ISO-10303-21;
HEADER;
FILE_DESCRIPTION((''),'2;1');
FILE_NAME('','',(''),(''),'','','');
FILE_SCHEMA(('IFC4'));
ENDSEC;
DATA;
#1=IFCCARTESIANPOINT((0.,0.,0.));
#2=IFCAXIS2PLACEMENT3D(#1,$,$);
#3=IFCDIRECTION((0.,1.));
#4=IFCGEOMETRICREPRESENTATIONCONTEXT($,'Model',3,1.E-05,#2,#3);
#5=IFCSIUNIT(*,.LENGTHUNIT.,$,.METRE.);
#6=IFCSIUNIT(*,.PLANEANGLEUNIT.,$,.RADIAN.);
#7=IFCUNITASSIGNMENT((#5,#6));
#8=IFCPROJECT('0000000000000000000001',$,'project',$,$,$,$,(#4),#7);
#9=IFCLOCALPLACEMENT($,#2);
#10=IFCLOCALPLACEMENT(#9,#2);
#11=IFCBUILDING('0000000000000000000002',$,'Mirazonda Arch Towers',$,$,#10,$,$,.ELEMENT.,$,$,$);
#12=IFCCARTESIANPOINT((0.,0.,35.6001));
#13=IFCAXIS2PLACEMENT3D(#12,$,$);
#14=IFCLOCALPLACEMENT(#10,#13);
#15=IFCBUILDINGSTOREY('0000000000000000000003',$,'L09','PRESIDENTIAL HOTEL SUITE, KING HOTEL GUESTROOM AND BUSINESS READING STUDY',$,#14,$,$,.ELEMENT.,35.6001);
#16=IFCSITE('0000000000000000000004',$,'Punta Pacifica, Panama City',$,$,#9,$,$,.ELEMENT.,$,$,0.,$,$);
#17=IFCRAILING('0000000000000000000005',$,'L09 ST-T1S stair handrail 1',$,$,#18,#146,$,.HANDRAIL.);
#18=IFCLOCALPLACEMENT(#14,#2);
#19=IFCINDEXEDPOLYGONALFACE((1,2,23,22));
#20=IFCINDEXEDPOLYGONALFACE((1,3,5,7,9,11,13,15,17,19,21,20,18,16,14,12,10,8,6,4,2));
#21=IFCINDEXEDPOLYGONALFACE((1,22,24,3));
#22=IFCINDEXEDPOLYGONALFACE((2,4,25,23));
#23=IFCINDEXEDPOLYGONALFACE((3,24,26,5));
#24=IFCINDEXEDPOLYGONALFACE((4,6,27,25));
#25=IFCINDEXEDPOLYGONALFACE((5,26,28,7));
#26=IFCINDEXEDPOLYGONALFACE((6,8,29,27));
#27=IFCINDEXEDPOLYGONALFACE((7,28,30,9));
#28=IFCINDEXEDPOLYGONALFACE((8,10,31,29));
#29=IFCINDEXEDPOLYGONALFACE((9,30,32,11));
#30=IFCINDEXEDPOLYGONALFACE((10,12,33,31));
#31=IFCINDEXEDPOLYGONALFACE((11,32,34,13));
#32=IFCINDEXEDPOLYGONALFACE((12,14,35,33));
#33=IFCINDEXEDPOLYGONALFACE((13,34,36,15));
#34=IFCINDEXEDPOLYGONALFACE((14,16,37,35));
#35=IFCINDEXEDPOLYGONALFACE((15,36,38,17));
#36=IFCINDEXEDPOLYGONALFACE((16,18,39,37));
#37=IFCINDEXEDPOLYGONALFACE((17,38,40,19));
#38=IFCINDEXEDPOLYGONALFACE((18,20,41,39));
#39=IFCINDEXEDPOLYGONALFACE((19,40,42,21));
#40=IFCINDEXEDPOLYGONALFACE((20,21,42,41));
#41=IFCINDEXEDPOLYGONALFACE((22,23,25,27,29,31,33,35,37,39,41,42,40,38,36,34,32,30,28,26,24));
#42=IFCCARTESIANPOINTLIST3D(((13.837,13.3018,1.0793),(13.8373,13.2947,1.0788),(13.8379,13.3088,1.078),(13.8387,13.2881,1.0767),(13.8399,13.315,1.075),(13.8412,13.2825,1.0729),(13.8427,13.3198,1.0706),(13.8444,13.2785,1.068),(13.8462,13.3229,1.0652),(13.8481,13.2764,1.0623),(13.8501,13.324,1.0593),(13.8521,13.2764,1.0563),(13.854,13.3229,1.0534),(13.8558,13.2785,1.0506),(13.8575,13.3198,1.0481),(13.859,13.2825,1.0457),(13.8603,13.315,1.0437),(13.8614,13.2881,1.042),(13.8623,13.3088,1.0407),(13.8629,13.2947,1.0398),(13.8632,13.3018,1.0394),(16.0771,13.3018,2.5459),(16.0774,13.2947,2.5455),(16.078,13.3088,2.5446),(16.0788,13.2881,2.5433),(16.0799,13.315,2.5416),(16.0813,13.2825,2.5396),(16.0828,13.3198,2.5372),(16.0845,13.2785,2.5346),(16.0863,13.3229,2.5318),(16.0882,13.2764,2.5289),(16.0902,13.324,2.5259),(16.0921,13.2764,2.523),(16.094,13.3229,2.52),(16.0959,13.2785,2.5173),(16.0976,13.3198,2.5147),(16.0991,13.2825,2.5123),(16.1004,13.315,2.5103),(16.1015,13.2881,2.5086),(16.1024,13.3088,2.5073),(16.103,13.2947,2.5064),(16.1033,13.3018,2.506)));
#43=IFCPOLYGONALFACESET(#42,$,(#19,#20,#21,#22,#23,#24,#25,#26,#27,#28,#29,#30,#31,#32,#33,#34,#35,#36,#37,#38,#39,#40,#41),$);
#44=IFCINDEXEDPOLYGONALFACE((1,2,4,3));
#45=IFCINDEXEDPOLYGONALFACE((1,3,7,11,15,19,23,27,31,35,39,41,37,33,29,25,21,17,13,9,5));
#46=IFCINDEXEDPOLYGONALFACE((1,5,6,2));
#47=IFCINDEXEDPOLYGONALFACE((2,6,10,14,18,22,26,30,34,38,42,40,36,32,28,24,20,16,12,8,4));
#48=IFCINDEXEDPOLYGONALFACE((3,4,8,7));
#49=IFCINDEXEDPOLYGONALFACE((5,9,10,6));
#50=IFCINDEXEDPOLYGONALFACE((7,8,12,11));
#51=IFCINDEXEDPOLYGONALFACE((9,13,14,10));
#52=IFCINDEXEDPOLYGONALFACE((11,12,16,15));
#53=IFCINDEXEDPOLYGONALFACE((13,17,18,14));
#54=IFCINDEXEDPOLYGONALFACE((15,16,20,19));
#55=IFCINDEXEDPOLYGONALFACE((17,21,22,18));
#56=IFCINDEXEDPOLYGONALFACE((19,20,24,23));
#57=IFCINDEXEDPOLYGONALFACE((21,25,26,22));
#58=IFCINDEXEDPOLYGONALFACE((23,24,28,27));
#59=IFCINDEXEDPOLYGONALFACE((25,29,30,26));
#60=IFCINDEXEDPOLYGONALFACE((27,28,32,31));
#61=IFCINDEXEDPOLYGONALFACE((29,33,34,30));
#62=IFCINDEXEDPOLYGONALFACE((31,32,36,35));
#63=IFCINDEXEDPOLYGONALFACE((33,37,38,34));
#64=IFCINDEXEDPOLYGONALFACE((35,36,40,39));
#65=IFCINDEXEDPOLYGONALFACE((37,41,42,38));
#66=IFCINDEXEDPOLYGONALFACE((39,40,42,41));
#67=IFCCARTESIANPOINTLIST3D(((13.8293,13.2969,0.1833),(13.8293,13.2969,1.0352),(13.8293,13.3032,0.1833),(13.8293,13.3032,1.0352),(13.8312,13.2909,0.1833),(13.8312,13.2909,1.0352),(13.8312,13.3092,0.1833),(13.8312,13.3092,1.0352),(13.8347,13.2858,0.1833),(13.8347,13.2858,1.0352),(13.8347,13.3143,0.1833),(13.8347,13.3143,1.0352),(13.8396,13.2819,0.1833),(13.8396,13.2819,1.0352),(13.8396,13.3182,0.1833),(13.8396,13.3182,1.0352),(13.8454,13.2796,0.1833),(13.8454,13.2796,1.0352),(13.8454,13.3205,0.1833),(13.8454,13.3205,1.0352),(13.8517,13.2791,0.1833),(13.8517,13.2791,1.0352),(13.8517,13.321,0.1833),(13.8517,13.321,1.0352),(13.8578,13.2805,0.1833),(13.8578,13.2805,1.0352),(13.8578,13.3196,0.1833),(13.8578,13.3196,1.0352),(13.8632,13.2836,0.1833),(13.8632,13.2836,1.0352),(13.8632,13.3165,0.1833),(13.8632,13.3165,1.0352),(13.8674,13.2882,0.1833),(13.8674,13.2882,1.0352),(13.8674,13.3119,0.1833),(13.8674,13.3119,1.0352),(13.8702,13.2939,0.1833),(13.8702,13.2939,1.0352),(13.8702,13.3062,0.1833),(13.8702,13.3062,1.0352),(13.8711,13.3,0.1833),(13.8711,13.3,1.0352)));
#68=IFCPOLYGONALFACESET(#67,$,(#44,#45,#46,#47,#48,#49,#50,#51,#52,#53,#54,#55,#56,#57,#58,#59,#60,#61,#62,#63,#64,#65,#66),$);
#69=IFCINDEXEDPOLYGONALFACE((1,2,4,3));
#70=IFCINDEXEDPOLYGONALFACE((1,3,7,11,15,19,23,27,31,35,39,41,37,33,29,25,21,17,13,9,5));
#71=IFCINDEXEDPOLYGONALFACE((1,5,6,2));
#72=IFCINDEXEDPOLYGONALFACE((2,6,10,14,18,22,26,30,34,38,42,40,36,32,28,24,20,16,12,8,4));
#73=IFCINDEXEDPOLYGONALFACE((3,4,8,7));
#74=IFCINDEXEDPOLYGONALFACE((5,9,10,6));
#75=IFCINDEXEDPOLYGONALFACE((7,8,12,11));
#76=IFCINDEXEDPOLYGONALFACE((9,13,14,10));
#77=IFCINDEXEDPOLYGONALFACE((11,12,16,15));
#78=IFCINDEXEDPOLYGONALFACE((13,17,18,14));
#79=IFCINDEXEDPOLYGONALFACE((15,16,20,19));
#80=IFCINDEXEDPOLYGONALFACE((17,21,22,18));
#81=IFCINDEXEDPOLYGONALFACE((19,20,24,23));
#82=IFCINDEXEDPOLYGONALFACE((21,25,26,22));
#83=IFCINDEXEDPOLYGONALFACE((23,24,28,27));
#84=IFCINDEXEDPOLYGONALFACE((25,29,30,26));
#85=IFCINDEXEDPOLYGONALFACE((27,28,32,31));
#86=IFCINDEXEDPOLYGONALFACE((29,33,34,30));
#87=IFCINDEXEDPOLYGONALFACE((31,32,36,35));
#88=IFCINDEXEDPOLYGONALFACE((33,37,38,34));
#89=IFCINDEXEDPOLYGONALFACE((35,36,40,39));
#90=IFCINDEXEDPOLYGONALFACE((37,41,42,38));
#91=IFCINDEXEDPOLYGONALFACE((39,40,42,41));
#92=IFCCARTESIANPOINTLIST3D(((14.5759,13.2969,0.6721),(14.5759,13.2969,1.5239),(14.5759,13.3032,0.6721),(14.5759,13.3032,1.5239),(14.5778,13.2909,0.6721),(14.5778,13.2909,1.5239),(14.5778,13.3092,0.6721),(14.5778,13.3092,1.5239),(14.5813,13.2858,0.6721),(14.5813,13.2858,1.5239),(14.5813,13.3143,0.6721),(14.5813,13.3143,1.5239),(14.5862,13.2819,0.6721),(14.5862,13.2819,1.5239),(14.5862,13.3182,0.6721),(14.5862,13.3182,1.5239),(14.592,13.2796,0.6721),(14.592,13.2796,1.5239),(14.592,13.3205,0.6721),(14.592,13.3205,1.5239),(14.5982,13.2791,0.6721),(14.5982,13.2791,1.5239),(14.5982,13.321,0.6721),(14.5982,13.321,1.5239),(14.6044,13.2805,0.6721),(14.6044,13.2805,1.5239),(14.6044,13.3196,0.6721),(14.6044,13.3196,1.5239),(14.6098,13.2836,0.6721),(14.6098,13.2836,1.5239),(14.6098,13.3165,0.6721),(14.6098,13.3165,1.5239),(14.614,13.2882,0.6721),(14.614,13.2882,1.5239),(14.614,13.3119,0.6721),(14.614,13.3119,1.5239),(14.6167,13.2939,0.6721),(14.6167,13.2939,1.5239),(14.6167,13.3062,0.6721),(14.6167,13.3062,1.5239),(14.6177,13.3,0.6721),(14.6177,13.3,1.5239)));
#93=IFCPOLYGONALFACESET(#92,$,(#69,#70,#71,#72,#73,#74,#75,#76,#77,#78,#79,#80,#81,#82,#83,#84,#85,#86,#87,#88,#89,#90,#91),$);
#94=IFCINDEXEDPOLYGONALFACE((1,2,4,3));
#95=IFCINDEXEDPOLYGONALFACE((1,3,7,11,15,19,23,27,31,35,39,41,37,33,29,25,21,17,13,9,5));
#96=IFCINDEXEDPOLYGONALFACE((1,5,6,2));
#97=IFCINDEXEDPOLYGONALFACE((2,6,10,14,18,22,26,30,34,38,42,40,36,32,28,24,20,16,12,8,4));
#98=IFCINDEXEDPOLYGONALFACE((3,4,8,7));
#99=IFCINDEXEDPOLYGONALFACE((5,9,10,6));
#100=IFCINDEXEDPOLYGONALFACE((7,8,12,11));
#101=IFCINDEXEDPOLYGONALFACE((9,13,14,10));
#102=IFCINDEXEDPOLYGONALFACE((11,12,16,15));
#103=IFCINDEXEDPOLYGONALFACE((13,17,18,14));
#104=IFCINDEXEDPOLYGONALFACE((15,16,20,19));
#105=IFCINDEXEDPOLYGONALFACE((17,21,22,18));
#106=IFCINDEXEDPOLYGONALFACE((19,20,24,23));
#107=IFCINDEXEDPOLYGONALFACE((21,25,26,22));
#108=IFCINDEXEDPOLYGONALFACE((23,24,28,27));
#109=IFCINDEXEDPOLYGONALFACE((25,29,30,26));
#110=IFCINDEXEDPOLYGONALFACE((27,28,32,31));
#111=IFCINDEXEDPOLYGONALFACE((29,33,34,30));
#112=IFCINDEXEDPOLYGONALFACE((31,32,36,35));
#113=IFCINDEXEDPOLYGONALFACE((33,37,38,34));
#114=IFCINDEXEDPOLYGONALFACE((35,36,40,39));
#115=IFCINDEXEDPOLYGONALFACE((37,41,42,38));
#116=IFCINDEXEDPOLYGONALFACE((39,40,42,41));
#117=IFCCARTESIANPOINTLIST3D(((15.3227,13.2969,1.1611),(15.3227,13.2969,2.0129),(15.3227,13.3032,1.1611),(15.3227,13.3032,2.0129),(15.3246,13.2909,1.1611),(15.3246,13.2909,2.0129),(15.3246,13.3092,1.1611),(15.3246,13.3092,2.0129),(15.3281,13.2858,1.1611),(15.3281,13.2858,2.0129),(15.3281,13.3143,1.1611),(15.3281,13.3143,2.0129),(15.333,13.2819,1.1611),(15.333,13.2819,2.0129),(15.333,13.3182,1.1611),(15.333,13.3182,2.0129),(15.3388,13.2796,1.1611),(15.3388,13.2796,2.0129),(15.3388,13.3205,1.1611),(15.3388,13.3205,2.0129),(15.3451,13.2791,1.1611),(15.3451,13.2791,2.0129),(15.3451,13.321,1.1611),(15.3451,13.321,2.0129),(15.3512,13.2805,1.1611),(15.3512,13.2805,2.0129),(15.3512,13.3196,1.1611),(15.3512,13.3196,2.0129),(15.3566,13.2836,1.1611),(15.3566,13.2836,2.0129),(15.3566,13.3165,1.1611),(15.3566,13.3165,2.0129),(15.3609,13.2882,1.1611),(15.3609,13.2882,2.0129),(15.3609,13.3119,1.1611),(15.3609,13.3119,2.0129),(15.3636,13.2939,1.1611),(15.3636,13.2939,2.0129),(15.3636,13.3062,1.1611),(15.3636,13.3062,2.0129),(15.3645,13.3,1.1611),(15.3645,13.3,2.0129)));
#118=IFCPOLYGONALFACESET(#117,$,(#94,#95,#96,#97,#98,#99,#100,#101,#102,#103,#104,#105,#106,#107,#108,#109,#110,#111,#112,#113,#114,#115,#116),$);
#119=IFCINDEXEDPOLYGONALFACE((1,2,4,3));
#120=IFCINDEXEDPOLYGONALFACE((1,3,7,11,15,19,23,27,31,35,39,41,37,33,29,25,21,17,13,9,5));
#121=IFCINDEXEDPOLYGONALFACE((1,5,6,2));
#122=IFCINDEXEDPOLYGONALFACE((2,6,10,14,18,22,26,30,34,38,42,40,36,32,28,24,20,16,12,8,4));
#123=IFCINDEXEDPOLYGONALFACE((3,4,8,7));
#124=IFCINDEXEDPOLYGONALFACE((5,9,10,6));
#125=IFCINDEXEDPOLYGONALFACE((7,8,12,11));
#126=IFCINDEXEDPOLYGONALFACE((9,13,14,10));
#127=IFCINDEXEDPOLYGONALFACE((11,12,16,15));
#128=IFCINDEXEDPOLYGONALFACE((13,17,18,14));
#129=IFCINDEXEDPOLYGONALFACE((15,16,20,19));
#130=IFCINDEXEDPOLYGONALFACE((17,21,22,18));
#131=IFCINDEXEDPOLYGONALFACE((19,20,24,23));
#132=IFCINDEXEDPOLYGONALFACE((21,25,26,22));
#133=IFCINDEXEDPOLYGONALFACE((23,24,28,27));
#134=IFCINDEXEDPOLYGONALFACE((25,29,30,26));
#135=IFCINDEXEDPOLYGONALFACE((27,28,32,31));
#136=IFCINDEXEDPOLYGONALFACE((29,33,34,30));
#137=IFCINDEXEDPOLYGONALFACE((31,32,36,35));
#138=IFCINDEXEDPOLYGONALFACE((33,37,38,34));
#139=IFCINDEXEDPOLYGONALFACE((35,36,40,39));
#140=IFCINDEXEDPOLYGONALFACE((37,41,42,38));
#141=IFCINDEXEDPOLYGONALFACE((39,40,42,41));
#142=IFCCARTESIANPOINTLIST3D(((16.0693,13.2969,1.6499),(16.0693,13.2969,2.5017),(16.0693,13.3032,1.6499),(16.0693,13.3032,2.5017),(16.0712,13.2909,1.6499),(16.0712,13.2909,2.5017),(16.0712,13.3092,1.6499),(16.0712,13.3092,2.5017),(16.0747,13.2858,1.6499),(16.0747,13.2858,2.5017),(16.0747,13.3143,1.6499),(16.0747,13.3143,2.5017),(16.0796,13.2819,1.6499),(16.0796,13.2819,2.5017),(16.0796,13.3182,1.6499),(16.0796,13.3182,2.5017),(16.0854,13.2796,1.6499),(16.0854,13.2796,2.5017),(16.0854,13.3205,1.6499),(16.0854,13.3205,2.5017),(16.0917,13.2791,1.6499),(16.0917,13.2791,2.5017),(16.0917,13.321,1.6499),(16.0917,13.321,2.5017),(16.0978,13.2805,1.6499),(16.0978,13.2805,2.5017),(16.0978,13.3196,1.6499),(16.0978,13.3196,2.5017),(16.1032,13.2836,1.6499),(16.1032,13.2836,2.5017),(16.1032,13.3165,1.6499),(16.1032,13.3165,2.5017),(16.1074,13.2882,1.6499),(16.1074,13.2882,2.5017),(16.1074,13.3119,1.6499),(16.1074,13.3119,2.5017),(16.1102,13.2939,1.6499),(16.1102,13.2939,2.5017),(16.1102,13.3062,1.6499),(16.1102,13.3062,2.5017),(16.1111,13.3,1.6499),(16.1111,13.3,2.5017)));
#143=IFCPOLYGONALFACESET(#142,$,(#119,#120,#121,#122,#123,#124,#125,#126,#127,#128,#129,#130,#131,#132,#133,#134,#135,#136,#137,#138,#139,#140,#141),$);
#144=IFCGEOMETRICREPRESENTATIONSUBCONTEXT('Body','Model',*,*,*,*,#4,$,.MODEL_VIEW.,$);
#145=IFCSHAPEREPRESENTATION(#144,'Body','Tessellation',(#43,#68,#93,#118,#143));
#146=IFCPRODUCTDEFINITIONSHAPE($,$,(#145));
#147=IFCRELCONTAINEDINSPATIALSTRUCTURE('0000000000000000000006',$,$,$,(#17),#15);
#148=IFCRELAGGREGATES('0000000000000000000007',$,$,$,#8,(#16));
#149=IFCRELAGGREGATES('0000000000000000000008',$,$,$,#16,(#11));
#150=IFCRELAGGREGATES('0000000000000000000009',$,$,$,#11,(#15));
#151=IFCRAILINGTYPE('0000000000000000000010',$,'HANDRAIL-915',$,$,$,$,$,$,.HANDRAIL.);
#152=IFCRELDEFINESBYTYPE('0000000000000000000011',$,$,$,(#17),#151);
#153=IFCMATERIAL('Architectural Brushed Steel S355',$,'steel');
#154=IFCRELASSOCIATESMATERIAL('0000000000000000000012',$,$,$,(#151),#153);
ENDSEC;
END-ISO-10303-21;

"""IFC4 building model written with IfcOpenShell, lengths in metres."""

from ifc_helpers import new_model, si_unit, direction, frame, origin, origin_2d, place, context, subcontext, project, spatial, circle, extrude, material, type_object, element, save


model = new_model("IFC4")

# Units and contexts
model_context = context("Model", 3, precision=1e-05, world=origin(), true_north=direction((0.0, 1.0)))
body_context = subcontext(model_context, "Body", "Model", "MODEL_VIEW")
ifc_project = project(units=[si_unit("LENGTHUNIT", "METRE"), si_unit("PLANEANGLEUNIT", "RADIAN")], contexts=[model_context])

# Site, building, storey
site_placement = place(None, origin())
site = spatial("IfcSite", under=ifc_project, at=site_placement, Name="Punta Pacifica, Panama City", CompositionType="ELEMENT", RefElevation=0.0)
building_placement = place(site_placement, origin())
building = spatial("IfcBuilding", under=site, at=building_placement, Name="Mirazonda Arch Towers", CompositionType="ELEMENT")
storey_placement = place(building_placement, frame((0.0, 0.0, 35.6001)))
storey = spatial("IfcBuildingStorey", under=building, at=storey_placement, Name="L09", Description="PRESIDENTIAL HOTEL SUITE, KING HOTEL GUESTROOM AND BUSINESS READING STUDY", CompositionType="ELEMENT", Elevation=35.6001)

# Shared definitions
ifc_material_1 = material(Name="Architectural Brushed Steel S355", Category="steel")

# Railing
railing_type = type_object("IfcRailingType", Name="HANDRAIL-915", PredefinedType="HANDRAIL", material=ifc_material_1)
railing_placement = place(storey_placement, frame((13.8501, 13.3, 0.1833)))
element("IfcRailing", 1, at=railing_placement, inside=storey, type_object=railing_type, Name="L09 ST-T1S stair handrail 1", PredefinedType="HANDRAIL", context=body_context, shape_type="SweptSolid", body=[
    extrude(circle(Radius=0.0239, at=origin_2d()), frame((0.0, 0.0, 0.876), z_axis=(0.836637, 0.0, 0.547758), x_axis=(0.0, 1.0, 0.0)), (0.0, 0.0, 1.0), 2.6775),
    extrude(circle(Radius=0.021, at=origin_2d()), origin(), (0.0, 0.0, 1.0), 0.8518),
    extrude(circle(Radius=0.021, at=origin_2d()), frame((0.7466, 0.0, 0.4888)), (0.0, 0.0, 1.0), 0.8518),
    extrude(circle(Radius=0.021, at=origin_2d()), frame((1.4934, 0.0, 0.9778)), (0.0, 0.0, 1.0), 0.8518),
    extrude(circle(Radius=0.021, at=origin_2d()), frame((2.24, 0.0, 1.4666)), (0.0, 0.0, 1.0), 0.8518),
])

save(model, "model.ifc")
